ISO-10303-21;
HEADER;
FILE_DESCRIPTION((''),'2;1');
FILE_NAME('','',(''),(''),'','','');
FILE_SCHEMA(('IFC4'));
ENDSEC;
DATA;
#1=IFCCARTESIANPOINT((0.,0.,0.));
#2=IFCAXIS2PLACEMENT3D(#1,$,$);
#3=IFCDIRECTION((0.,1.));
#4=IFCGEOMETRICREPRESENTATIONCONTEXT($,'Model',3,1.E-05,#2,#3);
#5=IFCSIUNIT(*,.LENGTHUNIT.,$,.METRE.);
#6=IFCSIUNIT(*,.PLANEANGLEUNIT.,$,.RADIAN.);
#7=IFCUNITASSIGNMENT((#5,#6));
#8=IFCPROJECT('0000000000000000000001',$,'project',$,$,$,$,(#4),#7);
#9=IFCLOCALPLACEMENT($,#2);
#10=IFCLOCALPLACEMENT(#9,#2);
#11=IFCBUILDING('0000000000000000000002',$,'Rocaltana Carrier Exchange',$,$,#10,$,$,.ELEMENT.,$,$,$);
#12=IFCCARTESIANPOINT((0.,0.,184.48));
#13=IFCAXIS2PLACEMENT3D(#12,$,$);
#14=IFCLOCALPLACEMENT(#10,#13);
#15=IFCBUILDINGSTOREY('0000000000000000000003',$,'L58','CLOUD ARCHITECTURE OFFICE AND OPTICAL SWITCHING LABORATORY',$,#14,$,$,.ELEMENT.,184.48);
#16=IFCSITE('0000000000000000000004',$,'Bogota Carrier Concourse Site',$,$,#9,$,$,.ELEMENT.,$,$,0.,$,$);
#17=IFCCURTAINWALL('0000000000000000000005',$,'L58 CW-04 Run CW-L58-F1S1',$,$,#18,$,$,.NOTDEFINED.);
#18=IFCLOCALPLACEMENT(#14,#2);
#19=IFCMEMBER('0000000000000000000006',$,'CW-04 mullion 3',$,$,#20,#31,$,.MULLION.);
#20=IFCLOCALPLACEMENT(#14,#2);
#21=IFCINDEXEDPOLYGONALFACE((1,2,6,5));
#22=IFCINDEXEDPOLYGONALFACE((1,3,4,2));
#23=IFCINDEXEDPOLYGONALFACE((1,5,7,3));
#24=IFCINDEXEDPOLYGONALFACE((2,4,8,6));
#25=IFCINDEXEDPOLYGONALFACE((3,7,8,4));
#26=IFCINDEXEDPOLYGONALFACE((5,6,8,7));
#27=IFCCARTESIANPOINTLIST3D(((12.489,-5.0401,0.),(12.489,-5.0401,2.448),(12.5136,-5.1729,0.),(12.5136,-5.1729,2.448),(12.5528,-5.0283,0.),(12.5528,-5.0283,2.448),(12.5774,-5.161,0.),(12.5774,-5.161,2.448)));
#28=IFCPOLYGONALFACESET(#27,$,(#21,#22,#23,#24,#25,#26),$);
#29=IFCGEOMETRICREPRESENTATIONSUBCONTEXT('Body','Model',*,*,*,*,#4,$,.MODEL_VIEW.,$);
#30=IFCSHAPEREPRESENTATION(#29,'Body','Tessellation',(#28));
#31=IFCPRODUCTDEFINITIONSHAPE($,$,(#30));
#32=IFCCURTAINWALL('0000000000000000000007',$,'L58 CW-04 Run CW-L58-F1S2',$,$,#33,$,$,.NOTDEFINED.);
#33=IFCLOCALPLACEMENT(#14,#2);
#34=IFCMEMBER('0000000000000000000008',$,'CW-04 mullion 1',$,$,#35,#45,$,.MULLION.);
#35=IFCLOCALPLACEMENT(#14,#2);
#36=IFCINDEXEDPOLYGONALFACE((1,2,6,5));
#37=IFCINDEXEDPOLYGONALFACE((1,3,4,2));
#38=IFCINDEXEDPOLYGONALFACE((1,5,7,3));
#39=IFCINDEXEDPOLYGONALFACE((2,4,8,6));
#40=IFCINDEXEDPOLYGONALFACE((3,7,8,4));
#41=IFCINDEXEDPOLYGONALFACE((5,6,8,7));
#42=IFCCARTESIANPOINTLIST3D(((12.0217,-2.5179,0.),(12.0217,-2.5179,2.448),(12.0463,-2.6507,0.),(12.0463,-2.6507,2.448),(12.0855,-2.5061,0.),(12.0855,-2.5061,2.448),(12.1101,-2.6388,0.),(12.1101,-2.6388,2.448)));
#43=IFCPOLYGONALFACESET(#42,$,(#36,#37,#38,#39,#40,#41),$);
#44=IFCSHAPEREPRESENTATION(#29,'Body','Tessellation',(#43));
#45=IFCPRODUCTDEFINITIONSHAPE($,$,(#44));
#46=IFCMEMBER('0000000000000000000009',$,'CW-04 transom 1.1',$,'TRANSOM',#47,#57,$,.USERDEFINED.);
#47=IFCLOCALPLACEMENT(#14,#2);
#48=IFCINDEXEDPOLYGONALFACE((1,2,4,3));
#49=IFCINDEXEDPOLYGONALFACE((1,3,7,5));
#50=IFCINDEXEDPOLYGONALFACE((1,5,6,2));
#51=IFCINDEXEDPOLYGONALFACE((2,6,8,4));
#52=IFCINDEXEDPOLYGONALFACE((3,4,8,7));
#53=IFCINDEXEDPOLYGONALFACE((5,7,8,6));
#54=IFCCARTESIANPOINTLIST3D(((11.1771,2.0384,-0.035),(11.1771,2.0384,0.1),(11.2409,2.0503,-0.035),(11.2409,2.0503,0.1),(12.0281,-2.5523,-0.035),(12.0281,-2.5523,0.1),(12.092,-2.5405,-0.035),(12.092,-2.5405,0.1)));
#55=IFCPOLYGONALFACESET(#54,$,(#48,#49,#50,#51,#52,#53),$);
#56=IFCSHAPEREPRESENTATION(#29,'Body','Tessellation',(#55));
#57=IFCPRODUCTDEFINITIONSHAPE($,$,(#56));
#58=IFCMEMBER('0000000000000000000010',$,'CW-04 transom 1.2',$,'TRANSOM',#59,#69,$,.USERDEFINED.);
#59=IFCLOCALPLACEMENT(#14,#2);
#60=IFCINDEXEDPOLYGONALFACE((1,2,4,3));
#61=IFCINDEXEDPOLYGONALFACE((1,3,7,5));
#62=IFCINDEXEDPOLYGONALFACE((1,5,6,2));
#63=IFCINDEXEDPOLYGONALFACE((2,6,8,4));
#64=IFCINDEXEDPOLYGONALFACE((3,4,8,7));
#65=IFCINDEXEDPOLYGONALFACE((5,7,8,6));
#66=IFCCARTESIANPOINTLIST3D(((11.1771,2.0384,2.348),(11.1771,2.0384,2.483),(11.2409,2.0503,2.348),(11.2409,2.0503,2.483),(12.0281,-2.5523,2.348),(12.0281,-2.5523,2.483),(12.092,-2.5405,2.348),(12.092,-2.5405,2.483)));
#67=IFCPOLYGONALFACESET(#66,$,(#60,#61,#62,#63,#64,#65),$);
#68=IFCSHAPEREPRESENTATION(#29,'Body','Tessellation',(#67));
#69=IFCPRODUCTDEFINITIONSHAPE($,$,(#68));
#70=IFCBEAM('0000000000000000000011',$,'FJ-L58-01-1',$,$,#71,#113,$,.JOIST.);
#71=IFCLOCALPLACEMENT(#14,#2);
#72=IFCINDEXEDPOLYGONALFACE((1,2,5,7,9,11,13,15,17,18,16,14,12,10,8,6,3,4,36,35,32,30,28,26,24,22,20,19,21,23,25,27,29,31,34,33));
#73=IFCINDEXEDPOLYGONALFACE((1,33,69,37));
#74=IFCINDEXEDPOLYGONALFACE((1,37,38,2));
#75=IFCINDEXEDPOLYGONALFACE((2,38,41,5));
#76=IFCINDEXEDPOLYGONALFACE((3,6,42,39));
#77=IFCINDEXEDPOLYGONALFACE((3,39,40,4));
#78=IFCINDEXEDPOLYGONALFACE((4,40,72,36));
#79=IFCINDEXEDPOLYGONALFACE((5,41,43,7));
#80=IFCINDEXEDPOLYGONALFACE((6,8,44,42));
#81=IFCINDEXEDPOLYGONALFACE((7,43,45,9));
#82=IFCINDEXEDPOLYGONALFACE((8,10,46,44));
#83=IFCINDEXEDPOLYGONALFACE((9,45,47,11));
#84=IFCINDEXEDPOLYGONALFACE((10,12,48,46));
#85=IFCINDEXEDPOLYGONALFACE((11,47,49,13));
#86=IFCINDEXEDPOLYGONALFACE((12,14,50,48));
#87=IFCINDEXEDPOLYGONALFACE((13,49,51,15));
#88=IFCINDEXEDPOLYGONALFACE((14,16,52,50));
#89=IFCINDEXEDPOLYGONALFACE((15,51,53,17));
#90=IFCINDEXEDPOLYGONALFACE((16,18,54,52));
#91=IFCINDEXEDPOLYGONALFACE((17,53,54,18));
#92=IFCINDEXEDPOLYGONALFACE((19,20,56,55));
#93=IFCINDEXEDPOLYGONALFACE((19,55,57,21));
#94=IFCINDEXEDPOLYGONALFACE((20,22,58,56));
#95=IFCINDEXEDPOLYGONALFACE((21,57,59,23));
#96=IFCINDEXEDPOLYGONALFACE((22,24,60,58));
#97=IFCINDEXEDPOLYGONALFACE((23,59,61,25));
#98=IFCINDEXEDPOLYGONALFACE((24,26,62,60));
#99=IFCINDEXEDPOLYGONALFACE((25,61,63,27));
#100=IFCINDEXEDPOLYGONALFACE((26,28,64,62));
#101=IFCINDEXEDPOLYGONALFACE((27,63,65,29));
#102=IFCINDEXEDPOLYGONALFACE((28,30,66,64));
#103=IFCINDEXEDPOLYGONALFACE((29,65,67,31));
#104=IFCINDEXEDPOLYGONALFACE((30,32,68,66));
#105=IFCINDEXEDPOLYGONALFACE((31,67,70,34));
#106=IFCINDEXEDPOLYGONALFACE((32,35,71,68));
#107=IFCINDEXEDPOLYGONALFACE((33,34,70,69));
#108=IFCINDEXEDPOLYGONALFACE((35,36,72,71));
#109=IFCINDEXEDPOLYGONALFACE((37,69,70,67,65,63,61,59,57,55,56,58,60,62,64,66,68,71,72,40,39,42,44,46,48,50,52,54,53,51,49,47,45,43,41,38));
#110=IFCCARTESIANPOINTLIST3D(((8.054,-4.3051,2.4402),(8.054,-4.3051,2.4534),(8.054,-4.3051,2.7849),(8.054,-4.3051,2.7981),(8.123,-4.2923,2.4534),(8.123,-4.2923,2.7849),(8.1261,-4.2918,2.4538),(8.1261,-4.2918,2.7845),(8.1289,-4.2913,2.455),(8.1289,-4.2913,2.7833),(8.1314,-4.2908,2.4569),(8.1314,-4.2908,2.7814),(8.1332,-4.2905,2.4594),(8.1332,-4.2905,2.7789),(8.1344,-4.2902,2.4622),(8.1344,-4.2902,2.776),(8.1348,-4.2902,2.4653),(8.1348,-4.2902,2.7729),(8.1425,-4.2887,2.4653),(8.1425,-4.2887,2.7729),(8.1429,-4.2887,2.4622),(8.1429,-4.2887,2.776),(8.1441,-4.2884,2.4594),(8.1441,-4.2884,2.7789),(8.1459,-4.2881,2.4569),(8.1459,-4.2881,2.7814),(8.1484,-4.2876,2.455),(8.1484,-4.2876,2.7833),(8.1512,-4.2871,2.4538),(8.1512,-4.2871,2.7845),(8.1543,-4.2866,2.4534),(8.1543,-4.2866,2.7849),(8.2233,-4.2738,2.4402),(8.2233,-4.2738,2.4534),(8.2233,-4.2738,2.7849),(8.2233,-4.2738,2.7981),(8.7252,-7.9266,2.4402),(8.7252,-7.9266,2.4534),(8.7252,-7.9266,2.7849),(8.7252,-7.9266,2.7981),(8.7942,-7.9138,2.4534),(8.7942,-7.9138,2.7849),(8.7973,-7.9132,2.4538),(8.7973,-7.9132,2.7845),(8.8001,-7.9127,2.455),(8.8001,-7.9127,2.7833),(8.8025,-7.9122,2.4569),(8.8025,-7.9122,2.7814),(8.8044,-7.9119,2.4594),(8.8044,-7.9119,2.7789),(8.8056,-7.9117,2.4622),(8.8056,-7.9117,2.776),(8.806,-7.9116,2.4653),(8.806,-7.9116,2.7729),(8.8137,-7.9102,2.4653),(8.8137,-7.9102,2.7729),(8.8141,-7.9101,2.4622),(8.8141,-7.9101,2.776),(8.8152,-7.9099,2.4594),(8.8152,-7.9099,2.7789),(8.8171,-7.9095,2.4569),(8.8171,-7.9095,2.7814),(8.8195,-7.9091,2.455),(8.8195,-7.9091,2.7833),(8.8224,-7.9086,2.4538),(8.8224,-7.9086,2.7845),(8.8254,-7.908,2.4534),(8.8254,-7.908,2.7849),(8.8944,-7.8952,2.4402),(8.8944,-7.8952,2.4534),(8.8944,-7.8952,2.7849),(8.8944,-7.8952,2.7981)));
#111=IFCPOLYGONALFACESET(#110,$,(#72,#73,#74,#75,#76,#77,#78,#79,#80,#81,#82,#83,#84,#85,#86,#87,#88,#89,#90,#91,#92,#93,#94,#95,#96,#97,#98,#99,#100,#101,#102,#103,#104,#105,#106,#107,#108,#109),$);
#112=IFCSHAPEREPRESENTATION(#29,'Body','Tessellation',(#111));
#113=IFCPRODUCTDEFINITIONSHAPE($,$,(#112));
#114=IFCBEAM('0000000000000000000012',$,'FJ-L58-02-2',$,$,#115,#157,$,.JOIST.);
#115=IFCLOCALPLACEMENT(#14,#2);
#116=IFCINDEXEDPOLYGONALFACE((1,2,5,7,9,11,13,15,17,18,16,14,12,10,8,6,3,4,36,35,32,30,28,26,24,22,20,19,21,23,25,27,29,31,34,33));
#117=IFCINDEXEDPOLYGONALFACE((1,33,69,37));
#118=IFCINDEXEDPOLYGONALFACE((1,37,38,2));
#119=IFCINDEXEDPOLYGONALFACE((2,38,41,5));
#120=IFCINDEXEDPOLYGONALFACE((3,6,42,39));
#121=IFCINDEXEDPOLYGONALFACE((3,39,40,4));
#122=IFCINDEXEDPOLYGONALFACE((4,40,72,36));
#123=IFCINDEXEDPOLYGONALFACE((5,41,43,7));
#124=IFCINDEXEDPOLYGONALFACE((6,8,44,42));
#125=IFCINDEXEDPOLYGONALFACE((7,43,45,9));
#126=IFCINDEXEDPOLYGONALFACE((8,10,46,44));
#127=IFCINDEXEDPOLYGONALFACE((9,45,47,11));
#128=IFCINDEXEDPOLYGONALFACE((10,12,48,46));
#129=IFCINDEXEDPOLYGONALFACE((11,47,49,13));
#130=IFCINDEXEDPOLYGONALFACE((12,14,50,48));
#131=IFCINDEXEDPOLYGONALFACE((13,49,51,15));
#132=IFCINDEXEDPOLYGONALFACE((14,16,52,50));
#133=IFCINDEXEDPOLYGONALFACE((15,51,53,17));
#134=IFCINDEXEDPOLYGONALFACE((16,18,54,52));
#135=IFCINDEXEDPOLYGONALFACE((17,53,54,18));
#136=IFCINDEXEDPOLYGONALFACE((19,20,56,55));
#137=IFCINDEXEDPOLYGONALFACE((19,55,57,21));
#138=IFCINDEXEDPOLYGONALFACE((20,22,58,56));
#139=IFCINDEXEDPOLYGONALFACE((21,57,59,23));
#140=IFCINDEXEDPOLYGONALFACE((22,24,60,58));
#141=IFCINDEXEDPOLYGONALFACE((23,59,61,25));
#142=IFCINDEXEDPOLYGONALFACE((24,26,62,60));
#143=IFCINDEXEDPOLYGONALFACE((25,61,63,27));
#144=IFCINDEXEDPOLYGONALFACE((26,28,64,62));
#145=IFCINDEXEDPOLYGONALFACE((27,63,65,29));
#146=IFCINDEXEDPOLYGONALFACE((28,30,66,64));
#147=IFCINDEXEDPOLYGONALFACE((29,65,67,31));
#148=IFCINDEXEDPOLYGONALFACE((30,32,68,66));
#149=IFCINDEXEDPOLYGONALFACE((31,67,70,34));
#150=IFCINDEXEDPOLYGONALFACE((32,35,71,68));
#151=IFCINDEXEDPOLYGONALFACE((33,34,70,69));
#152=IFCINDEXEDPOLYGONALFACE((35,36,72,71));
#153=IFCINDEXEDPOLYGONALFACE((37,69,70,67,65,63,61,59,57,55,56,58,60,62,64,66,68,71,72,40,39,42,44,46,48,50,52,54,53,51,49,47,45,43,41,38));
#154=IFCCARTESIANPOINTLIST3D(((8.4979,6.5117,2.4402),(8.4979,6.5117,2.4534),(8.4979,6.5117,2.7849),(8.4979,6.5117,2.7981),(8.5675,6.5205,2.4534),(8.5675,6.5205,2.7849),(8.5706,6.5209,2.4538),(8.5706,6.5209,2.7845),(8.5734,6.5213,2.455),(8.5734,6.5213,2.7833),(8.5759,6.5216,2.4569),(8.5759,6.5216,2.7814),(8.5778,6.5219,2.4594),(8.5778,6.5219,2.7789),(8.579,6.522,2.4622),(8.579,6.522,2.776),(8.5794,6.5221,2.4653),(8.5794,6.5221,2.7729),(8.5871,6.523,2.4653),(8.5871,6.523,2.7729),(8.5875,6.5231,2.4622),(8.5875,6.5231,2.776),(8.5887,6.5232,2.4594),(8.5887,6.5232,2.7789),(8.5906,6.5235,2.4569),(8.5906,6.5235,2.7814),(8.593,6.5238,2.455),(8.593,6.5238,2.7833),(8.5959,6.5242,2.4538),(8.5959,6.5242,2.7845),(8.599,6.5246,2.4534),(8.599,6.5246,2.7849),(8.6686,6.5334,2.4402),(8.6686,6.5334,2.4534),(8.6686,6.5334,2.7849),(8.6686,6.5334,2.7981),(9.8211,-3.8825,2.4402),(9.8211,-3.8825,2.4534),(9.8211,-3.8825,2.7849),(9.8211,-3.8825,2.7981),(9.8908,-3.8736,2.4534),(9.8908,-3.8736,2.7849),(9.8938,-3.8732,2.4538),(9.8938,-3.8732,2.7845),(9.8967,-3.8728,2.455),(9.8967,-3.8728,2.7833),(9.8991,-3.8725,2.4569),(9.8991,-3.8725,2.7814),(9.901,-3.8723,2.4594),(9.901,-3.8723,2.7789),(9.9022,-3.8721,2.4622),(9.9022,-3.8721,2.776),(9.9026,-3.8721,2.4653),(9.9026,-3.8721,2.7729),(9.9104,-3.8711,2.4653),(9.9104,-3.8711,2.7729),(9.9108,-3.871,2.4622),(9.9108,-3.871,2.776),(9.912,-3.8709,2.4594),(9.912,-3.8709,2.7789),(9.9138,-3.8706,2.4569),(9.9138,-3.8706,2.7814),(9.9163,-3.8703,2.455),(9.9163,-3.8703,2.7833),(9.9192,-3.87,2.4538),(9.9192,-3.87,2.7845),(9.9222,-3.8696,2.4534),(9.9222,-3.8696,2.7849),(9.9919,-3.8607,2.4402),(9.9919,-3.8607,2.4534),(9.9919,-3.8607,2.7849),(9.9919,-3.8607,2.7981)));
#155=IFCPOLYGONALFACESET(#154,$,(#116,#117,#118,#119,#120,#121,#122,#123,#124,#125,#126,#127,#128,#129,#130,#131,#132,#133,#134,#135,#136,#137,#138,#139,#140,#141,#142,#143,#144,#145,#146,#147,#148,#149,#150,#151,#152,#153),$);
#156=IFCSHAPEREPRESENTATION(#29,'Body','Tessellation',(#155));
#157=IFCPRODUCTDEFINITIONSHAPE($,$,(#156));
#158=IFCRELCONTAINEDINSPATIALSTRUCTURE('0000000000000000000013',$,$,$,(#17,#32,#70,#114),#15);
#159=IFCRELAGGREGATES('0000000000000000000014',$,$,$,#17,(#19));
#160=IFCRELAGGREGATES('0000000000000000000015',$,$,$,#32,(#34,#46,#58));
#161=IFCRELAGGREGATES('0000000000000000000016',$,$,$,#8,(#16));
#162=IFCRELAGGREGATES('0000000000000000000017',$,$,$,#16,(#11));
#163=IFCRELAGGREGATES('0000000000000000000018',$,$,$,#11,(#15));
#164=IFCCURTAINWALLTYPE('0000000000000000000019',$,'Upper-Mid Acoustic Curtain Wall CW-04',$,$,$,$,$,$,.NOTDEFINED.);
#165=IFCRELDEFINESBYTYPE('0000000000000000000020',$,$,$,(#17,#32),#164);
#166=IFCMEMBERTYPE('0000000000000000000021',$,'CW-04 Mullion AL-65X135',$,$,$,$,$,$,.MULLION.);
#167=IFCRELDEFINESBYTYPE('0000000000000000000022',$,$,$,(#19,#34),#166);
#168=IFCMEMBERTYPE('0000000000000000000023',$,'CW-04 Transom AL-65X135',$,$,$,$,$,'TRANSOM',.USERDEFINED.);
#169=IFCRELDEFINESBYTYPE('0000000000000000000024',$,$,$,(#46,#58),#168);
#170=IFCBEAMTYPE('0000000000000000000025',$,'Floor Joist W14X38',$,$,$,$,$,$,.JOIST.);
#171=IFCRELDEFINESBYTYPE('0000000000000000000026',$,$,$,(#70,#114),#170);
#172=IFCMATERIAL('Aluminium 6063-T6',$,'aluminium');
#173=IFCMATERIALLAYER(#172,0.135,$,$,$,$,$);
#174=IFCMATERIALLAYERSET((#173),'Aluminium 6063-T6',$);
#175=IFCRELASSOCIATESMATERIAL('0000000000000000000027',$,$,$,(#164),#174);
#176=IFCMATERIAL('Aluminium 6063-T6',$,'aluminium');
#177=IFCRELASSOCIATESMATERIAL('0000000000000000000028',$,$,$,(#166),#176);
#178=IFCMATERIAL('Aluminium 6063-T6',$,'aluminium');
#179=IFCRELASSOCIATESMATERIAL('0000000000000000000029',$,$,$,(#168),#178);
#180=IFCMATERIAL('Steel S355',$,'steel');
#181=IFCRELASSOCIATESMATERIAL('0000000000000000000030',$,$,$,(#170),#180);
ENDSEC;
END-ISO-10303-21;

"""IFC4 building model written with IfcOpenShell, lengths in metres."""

from ifc_helpers import new_model, si_unit, direction, frame, origin, origin_2d, place, context, subcontext, project, spatial, rectangle, i_section, extrude, material, layer, layer_set, material_profile, profile_set, type_object, element, aggregate, save


model = new_model("IFC4")

# Units and contexts
model_context = context("Model", 3, precision=1e-05, world=origin(), true_north=direction((0.0, 1.0)))
body_context = subcontext(model_context, "Body", "Model", "MODEL_VIEW")
ifc_project = project(units=[si_unit("LENGTHUNIT", "METRE"), si_unit("PLANEANGLEUNIT", "RADIAN")], contexts=[model_context])

# Site, building, storey
site_placement = place(None, origin())
site = spatial("IfcSite", under=ifc_project, at=site_placement, Name="Bogota Carrier Concourse Site", CompositionType="ELEMENT", RefElevation=0.0)
building_placement = place(site_placement, origin())
building = spatial("IfcBuilding", under=site, at=building_placement, Name="Rocaltana Carrier Exchange", CompositionType="ELEMENT")
storey_placement = place(building_placement, frame((0.0, 0.0, 184.48)))
storey = spatial("IfcBuildingStorey", under=building, at=storey_placement, Name="L58", Description="CLOUD ARCHITECTURE OFFICE AND OPTICAL SWITCHING LABORATORY", CompositionType="ELEMENT", Elevation=184.48)

# Curtain wall, member
ifc_material_1 = material(Name="Aluminium 6063-T6", Category="aluminium")
ifc_layer_1 = layer(ifc_material_1, 0.135)
ifc_layer_set_1 = layer_set([ifc_layer_1], Name="Aluminium 6063-T6")
curtain_wall_type = type_object("IfcCurtainWallType", Name="Upper-Mid Acoustic Curtain Wall CW-04", PredefinedType="NOTDEFINED", material=ifc_layer_set_1)
curtain_wall_1_placement = place(storey_placement, origin())
curtain_wall_1 = element("IfcCurtainWall", 1, at=curtain_wall_1_placement, inside=storey, type_object=curtain_wall_type, Name="L58 CW-04 Run CW-L58-F1S1", PredefinedType="NOTDEFINED")
ifc_material_2 = material(Name="Aluminium 6063-T6", Category="aluminium")
ifc_material_profile_1 = material_profile(ifc_material_2, rectangle(XDim=0.0649, YDim=0.135, at=origin_2d()), Name="AL-65X135")
ifc_profile_set_1 = profile_set([ifc_material_profile_1], Name="Aluminium 6063-T6")
member_type_1 = type_object("IfcMemberType", Name="CW-04 Mullion AL-65X135", PredefinedType="MULLION", material=ifc_profile_set_1)
member_1_placement = place(storey_placement, frame((12.5332, -5.1006, 0.0), z_axis=(0.0, 0.0, 1.0), x_axis=(-0.983255, -0.182234, 0.0)))
member_1 = element("IfcMember", 2, at=member_1_placement, type_object=member_type_1, Name="CW-04 mullion 3", PredefinedType="MULLION", context=body_context, shape_type="SweptSolid", body=[
    extrude(rectangle(XDim=0.0649, YDim=0.135, at=origin_2d()), origin(), (0.0, 0.0, 1.0), 2.448),
])

# Curtain wall, members
curtain_wall_2_placement = place(storey_placement, origin())
curtain_wall_2 = element("IfcCurtainWall", 3, at=curtain_wall_2_placement, inside=storey, type_object=curtain_wall_type, Name="L58 CW-04 Run CW-L58-F1S2", PredefinedType="NOTDEFINED")
member_2_placement = place(storey_placement, frame((12.0659, -2.5784, 0.0), z_axis=(0.0, 0.0, 1.0), x_axis=(-0.983255, -0.182236, 0.0)))
member_2 = element("IfcMember", 4, at=member_2_placement, type_object=member_type_1, Name="CW-04 mullion 1", PredefinedType="MULLION", context=body_context, shape_type="SweptSolid", body=[
    extrude(rectangle(XDim=0.0649, YDim=0.135, at=origin_2d()), origin(), (0.0, 0.0, 1.0), 2.448),
])
ifc_material_3 = material(Name="Aluminium 6063-T6", Category="aluminium")
ifc_material_profile_2 = material_profile(ifc_material_3, rectangle(XDim=0.0649, YDim=0.135, at=origin_2d()), Name="AL-65X135")
ifc_profile_set_2 = profile_set([ifc_material_profile_2], Name="Aluminium 6063-T6")
member_type_2 = type_object("IfcMemberType", Name="CW-04 Transom AL-65X135", ElementType="TRANSOM", PredefinedType="USERDEFINED", material=ifc_profile_set_2)
member_3_placement = place(storey_placement, frame((12.0601, -2.5464, 0.0325), z_axis=(-0.18228, 0.983247, 0.0), x_axis=(-0.983247, -0.18228, 0.0)))
member_3 = element("IfcMember", 5, at=member_3_placement, type_object=member_type_2, Name="CW-04 transom 1.1", ObjectType="TRANSOM", PredefinedType="USERDEFINED", context=body_context, shape_type="SweptSolid", body=[
    extrude(rectangle(XDim=0.0649, YDim=0.135, at=origin_2d()), origin(), (0.0, 0.0, 1.0), 4.6689),
])
member_4_placement = place(storey_placement, frame((12.0601, -2.5464, 2.4155), z_axis=(-0.18228, 0.983247, 0.0), x_axis=(-0.983247, -0.18228, 0.0)))
member_4 = element("IfcMember", 6, at=member_4_placement, type_object=member_type_2, Name="CW-04 transom 1.2", ObjectType="TRANSOM", PredefinedType="USERDEFINED", context=body_context, shape_type="SweptSolid", body=[
    extrude(rectangle(XDim=0.0649, YDim=0.135, at=origin_2d()), origin(), (0.0, 0.0, 1.0), 4.6689),
])

# Beams
ifc_material_4 = material(Name="Steel S355", Category="steel")
ifc_material_profile_3 = material_profile(ifc_material_4, i_section(OverallWidth=0.1721, OverallDepth=0.3579, WebThickness=0.0078, FlangeThickness=0.0132, FilletRadius=0.012, at=origin_2d()), Name="W14X38")
ifc_profile_set_3 = profile_set([ifc_material_profile_3], Name="Steel S355")
beam_type_1 = type_object("IfcBeamType", Name="Floor Joist W14X38", PredefinedType="JOIST", material=ifc_profile_set_3)
beam_1_placement = place(storey_placement, frame((8.8098, -7.9109, 2.6191), z_axis=(-0.182227, 0.983256, 0.0), x_axis=(-0.983256, -0.182227, 0.0)))
element("IfcBeam", 7, at=beam_1_placement, inside=storey, type_object=beam_type_1, Name="FJ-L58-01-1", PredefinedType="JOIST", context=body_context, shape_type="SweptSolid", body=[
    extrude(i_section(OverallWidth=0.1721, OverallDepth=0.3579, WebThickness=0.0078, FlangeThickness=0.0132, FilletRadius=0.012, at=origin_2d()), origin(), (0.0, 0.0, 1.0), 3.6831),
])
beam_2_placement = place(storey_placement, frame((9.9065, -3.8716, 2.6191), z_axis=(-0.126288, 0.991994, 0.0), x_axis=(-0.991994, -0.126288, 0.0)))
element("IfcBeam", 8, at=beam_2_placement, inside=storey, type_object=beam_type_1, Name="FJ-L58-02-2", PredefinedType="JOIST", context=body_context, shape_type="SweptSolid", body=[
    extrude(i_section(OverallWidth=0.1721, OverallDepth=0.3579, WebThickness=0.0078, FlangeThickness=0.0132, FilletRadius=0.012, at=origin_2d()), origin(), (0.0, 0.0, 1.0), 10.478),
])

aggregate(curtain_wall_1, [member_1])
aggregate(curtain_wall_2, [member_2, member_3, member_4])

save(model, "model.ifc")
